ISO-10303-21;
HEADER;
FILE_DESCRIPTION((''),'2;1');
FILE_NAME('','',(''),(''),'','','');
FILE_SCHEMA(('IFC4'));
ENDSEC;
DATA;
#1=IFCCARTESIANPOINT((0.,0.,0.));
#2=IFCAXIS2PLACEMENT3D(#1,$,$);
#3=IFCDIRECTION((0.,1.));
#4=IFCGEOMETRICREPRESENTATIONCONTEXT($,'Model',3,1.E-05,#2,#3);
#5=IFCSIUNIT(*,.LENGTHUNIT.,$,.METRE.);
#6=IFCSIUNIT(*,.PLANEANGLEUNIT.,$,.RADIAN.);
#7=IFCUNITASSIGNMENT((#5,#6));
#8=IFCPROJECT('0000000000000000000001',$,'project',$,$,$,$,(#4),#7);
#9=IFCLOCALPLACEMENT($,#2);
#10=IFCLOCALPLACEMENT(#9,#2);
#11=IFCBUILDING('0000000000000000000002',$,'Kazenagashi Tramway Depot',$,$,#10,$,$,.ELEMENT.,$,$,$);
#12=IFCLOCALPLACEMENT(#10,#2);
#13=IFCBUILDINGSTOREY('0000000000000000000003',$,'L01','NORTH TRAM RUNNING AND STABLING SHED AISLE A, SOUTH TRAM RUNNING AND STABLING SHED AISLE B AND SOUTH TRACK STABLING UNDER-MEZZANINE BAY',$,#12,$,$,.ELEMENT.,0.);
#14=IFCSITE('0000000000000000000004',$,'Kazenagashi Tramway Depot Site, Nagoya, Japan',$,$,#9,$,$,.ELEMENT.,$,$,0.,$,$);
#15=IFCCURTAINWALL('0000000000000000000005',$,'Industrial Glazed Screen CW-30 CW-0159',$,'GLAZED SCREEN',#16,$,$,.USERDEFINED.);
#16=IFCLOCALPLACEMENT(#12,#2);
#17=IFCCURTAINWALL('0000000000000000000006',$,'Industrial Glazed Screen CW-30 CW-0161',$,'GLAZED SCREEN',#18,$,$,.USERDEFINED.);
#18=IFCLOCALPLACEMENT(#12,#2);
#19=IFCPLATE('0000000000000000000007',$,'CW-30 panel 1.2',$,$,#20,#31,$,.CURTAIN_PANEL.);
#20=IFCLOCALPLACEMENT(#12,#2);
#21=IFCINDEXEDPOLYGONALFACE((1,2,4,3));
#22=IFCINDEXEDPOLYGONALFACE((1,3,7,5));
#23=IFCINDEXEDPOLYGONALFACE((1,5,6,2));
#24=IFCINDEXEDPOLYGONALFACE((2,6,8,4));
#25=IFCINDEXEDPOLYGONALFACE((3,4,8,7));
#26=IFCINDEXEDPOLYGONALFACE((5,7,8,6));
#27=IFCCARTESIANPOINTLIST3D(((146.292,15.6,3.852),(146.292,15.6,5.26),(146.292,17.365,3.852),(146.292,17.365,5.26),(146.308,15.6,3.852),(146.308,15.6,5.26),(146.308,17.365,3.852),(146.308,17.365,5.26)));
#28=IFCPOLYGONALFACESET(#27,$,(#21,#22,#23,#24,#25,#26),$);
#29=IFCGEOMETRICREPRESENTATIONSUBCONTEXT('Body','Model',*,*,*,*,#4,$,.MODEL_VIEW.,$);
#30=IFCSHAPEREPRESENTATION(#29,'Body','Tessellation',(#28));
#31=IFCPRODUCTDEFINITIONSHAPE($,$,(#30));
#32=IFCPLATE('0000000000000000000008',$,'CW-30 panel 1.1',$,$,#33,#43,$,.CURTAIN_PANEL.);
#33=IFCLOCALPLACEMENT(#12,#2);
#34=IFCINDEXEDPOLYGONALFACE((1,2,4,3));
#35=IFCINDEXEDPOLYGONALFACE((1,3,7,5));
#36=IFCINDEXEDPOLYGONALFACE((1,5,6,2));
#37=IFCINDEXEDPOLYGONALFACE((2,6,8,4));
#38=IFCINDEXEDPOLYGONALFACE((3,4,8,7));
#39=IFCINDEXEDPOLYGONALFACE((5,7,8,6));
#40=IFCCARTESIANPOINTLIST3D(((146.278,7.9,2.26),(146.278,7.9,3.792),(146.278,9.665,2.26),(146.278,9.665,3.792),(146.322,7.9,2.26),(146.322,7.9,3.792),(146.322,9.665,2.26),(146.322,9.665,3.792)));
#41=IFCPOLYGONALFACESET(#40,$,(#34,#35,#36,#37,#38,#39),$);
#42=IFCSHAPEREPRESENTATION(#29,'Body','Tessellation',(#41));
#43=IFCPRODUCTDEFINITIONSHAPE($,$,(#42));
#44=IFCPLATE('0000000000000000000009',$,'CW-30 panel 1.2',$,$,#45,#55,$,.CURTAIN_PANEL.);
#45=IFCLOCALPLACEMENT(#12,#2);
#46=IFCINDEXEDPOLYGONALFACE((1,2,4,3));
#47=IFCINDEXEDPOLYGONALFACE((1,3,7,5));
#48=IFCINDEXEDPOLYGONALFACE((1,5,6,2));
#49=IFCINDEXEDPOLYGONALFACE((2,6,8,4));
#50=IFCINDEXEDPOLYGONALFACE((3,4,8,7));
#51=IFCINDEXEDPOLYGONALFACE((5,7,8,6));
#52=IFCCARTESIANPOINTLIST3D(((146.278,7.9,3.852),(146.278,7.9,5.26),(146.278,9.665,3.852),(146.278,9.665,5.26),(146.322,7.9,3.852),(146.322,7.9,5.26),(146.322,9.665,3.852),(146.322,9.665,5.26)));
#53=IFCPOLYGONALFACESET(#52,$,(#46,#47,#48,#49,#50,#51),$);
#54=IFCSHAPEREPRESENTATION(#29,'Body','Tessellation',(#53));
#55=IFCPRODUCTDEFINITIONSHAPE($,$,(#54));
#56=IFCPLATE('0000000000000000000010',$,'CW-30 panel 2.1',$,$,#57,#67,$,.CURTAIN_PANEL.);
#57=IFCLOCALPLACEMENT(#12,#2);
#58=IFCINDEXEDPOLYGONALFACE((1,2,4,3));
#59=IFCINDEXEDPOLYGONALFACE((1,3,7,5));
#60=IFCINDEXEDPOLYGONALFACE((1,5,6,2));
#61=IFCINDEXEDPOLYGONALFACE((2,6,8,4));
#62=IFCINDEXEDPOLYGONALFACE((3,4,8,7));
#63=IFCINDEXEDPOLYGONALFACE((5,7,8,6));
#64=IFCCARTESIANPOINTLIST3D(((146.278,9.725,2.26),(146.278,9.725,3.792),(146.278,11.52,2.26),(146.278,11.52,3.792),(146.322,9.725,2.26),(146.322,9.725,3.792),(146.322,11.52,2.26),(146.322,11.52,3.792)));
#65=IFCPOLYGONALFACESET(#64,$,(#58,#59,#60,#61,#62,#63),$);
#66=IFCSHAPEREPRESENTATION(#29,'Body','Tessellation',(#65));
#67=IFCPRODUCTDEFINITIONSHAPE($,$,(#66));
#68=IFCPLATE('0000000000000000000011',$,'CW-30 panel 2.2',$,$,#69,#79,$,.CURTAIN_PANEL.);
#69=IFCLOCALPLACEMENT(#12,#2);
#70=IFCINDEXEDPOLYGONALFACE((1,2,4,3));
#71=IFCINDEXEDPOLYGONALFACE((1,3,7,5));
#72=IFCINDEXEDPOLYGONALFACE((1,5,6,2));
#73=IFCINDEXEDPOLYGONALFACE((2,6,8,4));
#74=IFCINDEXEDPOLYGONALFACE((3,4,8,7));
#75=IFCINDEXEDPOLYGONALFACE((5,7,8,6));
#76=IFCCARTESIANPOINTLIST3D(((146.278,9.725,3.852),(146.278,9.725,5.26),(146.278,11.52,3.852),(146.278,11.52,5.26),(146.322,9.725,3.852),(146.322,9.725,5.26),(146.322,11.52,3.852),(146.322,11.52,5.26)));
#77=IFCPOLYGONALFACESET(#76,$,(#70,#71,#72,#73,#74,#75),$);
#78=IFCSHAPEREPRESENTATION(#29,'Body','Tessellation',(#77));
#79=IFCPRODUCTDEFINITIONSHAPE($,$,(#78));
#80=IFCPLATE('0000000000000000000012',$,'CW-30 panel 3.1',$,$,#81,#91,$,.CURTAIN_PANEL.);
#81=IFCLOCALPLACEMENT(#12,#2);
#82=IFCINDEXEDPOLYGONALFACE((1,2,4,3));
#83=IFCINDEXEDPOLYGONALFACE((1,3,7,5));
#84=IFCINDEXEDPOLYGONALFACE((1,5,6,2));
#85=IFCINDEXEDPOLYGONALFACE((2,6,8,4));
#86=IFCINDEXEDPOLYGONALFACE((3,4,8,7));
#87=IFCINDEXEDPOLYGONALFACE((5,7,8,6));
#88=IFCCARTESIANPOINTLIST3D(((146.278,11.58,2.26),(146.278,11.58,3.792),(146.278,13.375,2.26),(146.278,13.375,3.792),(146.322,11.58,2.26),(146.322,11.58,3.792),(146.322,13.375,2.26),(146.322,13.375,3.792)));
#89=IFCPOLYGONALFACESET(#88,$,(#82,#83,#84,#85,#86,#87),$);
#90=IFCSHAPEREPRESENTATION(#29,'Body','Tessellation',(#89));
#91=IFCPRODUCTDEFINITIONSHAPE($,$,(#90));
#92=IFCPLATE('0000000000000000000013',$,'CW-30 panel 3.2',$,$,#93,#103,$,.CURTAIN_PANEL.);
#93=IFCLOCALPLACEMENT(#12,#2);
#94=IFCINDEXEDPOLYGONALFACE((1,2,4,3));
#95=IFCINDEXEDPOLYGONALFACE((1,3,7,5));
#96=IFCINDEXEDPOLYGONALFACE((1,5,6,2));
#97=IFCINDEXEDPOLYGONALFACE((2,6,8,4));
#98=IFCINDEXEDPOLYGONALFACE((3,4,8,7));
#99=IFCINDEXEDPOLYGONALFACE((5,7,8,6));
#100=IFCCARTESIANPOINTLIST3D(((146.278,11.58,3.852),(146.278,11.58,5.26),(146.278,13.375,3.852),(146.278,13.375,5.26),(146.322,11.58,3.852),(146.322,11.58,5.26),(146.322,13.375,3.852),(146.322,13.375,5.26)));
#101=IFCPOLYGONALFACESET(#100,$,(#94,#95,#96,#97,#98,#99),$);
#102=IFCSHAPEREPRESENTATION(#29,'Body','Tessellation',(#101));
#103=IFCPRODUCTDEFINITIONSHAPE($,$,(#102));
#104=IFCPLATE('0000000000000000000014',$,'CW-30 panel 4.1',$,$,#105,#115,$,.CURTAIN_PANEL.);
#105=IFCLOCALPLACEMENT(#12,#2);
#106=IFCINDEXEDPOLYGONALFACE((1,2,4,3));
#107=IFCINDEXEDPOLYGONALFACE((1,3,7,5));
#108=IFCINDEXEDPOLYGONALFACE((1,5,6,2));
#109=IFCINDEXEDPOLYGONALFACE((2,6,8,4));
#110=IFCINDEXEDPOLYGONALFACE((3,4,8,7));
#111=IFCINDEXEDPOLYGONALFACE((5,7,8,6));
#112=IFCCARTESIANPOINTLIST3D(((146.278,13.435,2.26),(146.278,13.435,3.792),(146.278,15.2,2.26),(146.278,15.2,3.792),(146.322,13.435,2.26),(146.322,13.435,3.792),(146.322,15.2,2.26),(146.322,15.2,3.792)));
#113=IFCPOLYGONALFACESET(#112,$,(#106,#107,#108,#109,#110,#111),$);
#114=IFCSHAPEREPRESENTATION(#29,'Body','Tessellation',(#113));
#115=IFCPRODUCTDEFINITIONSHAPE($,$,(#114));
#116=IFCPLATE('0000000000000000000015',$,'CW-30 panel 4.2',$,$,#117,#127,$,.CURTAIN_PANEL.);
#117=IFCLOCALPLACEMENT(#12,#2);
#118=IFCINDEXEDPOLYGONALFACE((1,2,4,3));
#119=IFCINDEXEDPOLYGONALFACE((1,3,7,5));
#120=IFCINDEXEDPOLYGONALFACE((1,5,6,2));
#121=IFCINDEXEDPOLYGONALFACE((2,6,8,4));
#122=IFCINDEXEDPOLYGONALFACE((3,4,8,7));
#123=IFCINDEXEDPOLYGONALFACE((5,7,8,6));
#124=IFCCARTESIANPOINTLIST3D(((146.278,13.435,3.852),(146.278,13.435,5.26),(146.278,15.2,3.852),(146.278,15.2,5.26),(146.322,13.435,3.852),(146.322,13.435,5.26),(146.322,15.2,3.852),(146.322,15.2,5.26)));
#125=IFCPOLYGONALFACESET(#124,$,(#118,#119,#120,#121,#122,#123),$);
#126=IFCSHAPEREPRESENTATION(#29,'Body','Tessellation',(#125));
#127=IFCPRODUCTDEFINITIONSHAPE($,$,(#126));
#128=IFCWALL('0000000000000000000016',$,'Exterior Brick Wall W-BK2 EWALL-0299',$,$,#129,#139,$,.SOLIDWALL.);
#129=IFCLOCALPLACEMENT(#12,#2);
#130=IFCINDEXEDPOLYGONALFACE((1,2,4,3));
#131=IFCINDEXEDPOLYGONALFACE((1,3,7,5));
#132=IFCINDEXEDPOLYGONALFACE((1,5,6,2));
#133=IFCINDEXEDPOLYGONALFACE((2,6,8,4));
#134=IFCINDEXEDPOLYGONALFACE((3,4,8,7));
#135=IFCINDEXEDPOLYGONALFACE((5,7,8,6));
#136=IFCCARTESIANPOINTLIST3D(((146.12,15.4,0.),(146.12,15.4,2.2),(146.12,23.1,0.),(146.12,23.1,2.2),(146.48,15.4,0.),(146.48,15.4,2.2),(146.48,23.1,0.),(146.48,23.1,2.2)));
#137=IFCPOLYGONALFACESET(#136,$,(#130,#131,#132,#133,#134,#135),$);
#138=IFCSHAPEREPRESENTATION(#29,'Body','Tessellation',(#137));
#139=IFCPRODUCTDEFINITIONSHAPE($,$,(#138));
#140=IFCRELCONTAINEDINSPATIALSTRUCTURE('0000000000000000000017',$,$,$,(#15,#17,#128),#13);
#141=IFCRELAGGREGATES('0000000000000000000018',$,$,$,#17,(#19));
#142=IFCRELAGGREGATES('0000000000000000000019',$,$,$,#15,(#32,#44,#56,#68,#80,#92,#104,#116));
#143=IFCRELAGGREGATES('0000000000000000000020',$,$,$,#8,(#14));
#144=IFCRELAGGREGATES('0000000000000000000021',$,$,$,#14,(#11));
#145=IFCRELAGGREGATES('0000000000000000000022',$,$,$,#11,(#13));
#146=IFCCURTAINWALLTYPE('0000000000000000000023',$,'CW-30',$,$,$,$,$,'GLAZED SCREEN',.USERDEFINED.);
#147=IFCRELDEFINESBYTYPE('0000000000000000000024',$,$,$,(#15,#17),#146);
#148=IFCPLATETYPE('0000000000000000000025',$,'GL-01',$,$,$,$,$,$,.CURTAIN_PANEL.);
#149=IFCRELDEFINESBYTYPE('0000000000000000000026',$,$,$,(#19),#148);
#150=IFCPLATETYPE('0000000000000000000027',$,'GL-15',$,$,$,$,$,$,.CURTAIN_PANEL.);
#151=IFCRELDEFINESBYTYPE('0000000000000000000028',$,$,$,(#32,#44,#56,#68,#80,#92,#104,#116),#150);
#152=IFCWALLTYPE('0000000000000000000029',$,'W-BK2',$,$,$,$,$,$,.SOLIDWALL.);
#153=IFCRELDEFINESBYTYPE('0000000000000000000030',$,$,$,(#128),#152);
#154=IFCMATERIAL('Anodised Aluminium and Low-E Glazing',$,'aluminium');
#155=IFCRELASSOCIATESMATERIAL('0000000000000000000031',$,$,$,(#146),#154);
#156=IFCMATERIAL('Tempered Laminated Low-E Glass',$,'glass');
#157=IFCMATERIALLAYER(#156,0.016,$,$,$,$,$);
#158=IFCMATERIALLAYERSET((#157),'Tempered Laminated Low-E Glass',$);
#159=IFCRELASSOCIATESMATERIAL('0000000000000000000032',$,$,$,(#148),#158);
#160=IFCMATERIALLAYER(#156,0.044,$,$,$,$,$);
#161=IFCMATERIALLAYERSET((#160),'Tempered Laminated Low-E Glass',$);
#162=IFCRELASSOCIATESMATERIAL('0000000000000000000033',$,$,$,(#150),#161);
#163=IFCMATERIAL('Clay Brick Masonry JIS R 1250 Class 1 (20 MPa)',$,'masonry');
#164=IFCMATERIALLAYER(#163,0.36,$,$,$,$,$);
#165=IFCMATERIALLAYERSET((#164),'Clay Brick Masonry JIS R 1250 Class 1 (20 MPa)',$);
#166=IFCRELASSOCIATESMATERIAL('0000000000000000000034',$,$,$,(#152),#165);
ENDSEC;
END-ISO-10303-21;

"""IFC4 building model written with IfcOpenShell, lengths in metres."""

from ifc_helpers import new_model, si_unit, direction, frame, frame_2d, origin, origin_2d, place, context, subcontext, project, spatial, rectangle, extrude, material, layer, layer_set, type_object, element, aggregate, save


model = new_model("IFC4")

# Units and contexts
model_context = context("Model", 3, precision=1e-05, world=origin(), true_north=direction((0.0, 1.0)))
body_context = subcontext(model_context, "Body", "Model", "MODEL_VIEW")
ifc_project = project(units=[si_unit("LENGTHUNIT", "METRE"), si_unit("PLANEANGLEUNIT", "RADIAN")], contexts=[model_context])

# Site, building, storey
site_placement = place(None, origin())
site = spatial("IfcSite", under=ifc_project, at=site_placement, Name="Kazenagashi Tramway Depot Site, Nagoya, Japan", CompositionType="ELEMENT", RefElevation=0.0)
building_placement = place(site_placement, origin())
building = spatial("IfcBuilding", under=site, at=building_placement, Name="Kazenagashi Tramway Depot", CompositionType="ELEMENT")
storey_placement = place(building_placement, origin())
storey = spatial("IfcBuildingStorey", under=building, at=storey_placement, Name="L01", Description="NORTH TRAM RUNNING AND STABLING SHED AISLE A, SOUTH TRAM RUNNING AND STABLING SHED AISLE B AND SOUTH TRACK STABLING UNDER-MEZZANINE BAY", CompositionType="ELEMENT", Elevation=0.0)

# Curtain wall
ifc_material_1 = material(Name="Anodised Aluminium and Low-E Glazing", Category="aluminium")
curtain_wall_type = type_object("IfcCurtainWallType", Name="CW-30", ElementType="GLAZED SCREEN", PredefinedType="USERDEFINED", material=ifc_material_1)
curtain_wall_1_placement = place(storey_placement, origin())
curtain_wall_1 = element("IfcCurtainWall", 1, at=curtain_wall_1_placement, inside=storey, type_object=curtain_wall_type, Name="Industrial Glazed Screen CW-30 CW-0159", ObjectType="GLAZED SCREEN", PredefinedType="USERDEFINED")

# Curtain wall
curtain_wall_2_placement = place(storey_placement, origin())
curtain_wall_2 = element("IfcCurtainWall", 2, at=curtain_wall_2_placement, inside=storey, type_object=curtain_wall_type, Name="Industrial Glazed Screen CW-30 CW-0161", ObjectType="GLAZED SCREEN", PredefinedType="USERDEFINED")

# Plates
ifc_material_2 = material(Name="Tempered Laminated Low-E Glass", Category="glass")
ifc_layer_1 = layer(ifc_material_2, 0.016)
ifc_layer_set_1 = layer_set([ifc_layer_1], Name="Tempered Laminated Low-E Glass")
plate_type_1 = type_object("IfcPlateType", Name="GL-01", PredefinedType="CURTAIN_PANEL", material=ifc_layer_set_1)
plate_1_placement = place(storey_placement, frame((146.3, 16.4825, 3.852), z_axis=(0.0, 0.0, 1.0), x_axis=(0.0, 1.0, 0.0)))
plate_1 = element("IfcPlate", 3, at=plate_1_placement, type_object=plate_type_1, Name="CW-30 panel 1.2", PredefinedType="CURTAIN_PANEL", context=body_context, shape_type="SweptSolid", body=[
    extrude(rectangle(XDim=1.765, YDim=0.016, at=origin_2d()), origin(), (0.0, 0.0, 1.0), 1.408),
])
aggregate(curtain_wall_2, [plate_1])
ifc_layer_2 = layer(ifc_material_2, 0.044)
ifc_layer_set_2 = layer_set([ifc_layer_2], Name="Tempered Laminated Low-E Glass")
plate_type_2 = type_object("IfcPlateType", Name="GL-15", PredefinedType="CURTAIN_PANEL", material=ifc_layer_set_2)
plate_2_placement = place(storey_placement, frame((146.3, 8.7825, 2.26), z_axis=(0.0, 0.0, 1.0), x_axis=(0.0, 1.0, 0.0)))
plate_2 = element("IfcPlate", 4, at=plate_2_placement, type_object=plate_type_2, Name="CW-30 panel 1.1", PredefinedType="CURTAIN_PANEL", context=body_context, shape_type="SweptSolid", body=[
    extrude(rectangle(XDim=1.765, YDim=0.044, at=origin_2d()), origin(), (0.0, 0.0, 1.0), 1.532),
])
plate_3_placement = place(storey_placement, frame((146.3, 8.7825, 3.852), z_axis=(0.0, 0.0, 1.0), x_axis=(0.0, 1.0, 0.0)))
plate_3 = element("IfcPlate", 5, at=plate_3_placement, type_object=plate_type_2, Name="CW-30 panel 1.2", PredefinedType="CURTAIN_PANEL", context=body_context, shape_type="SweptSolid", body=[
    extrude(rectangle(XDim=1.765, YDim=0.044, at=origin_2d()), origin(), (0.0, 0.0, 1.0), 1.408),
])
plate_4_placement = place(storey_placement, frame((146.3, 10.6225, 2.26), z_axis=(0.0, 0.0, 1.0), x_axis=(0.0, 1.0, 0.0)))
plate_4 = element("IfcPlate", 6, at=plate_4_placement, type_object=plate_type_2, Name="CW-30 panel 2.1", PredefinedType="CURTAIN_PANEL", context=body_context, shape_type="SweptSolid", body=[
    extrude(rectangle(XDim=1.795, YDim=0.044, at=origin_2d()), origin(), (0.0, 0.0, 1.0), 1.532),
])
plate_5_placement = place(storey_placement, frame((146.3, 10.6225, 3.852), z_axis=(0.0, 0.0, 1.0), x_axis=(0.0, 1.0, 0.0)))
plate_5 = element("IfcPlate", 7, at=plate_5_placement, type_object=plate_type_2, Name="CW-30 panel 2.2", PredefinedType="CURTAIN_PANEL", context=body_context, shape_type="SweptSolid", body=[
    extrude(rectangle(XDim=1.795, YDim=0.044, at=origin_2d()), origin(), (0.0, 0.0, 1.0), 1.408),
])
plate_6_placement = place(storey_placement, frame((146.3, 12.4775, 2.26), z_axis=(0.0, 0.0, 1.0), x_axis=(0.0, 1.0, 0.0)))
plate_6 = element("IfcPlate", 8, at=plate_6_placement, type_object=plate_type_2, Name="CW-30 panel 3.1", PredefinedType="CURTAIN_PANEL", context=body_context, shape_type="SweptSolid", body=[
    extrude(rectangle(XDim=1.795, YDim=0.044, at=origin_2d()), origin(), (0.0, 0.0, 1.0), 1.532),
])
plate_7_placement = place(storey_placement, frame((146.3, 12.4775, 3.852), z_axis=(0.0, 0.0, 1.0), x_axis=(0.0, 1.0, 0.0)))
plate_7 = element("IfcPlate", 9, at=plate_7_placement, type_object=plate_type_2, Name="CW-30 panel 3.2", PredefinedType="CURTAIN_PANEL", context=body_context, shape_type="SweptSolid", body=[
    extrude(rectangle(XDim=1.795, YDim=0.044, at=origin_2d()), origin(), (0.0, 0.0, 1.0), 1.408),
])
plate_8_placement = place(storey_placement, frame((146.3, 14.3175, 2.26), z_axis=(0.0, 0.0, 1.0), x_axis=(0.0, 1.0, 0.0)))
plate_8 = element("IfcPlate", 10, at=plate_8_placement, type_object=plate_type_2, Name="CW-30 panel 4.1", PredefinedType="CURTAIN_PANEL", context=body_context, shape_type="SweptSolid", body=[
    extrude(rectangle(XDim=1.765, YDim=0.044, at=origin_2d()), origin(), (0.0, 0.0, 1.0), 1.532),
])
plate_9_placement = place(storey_placement, frame((146.3, 14.3175, 3.852), z_axis=(0.0, 0.0, 1.0), x_axis=(0.0, 1.0, 0.0)))
plate_9 = element("IfcPlate", 11, at=plate_9_placement, type_object=plate_type_2, Name="CW-30 panel 4.2", PredefinedType="CURTAIN_PANEL", context=body_context, shape_type="SweptSolid", body=[
    extrude(rectangle(XDim=1.765, YDim=0.044, at=origin_2d()), origin(), (0.0, 0.0, 1.0), 1.408),
])
aggregate(curtain_wall_1, [plate_2, plate_3, plate_4, plate_5, plate_6, plate_7, plate_8, plate_9])

# Wall
ifc_material_3 = material(Name="Clay Brick Masonry JIS R 1250 Class 1 (20 MPa)", Category="masonry")
ifc_layer_3 = layer(ifc_material_3, 0.36)
ifc_layer_set_3 = layer_set([ifc_layer_3], Name="Clay Brick Masonry JIS R 1250 Class 1 (20 MPa)")
wall_type = type_object("IfcWallType", Name="W-BK2", PredefinedType="SOLIDWALL", material=ifc_layer_set_3)
wall_placement = place(storey_placement, frame((146.3, 15.4, 0.0), z_axis=(0.0, 0.0, 1.0), x_axis=(0.0, 1.0, 0.0)))
element("IfcWall", 12, at=wall_placement, inside=storey, type_object=wall_type, Name="Exterior Brick Wall W-BK2 EWALL-0299", PredefinedType="SOLIDWALL", context=body_context, shape_type="SweptSolid", body=[
    extrude(rectangle(XDim=7.7, YDim=0.36, at=frame_2d((3.85, 0.0))), origin(), (0.0, 0.0, 1.0), 2.2),
])

save(model, "model.ifc")
